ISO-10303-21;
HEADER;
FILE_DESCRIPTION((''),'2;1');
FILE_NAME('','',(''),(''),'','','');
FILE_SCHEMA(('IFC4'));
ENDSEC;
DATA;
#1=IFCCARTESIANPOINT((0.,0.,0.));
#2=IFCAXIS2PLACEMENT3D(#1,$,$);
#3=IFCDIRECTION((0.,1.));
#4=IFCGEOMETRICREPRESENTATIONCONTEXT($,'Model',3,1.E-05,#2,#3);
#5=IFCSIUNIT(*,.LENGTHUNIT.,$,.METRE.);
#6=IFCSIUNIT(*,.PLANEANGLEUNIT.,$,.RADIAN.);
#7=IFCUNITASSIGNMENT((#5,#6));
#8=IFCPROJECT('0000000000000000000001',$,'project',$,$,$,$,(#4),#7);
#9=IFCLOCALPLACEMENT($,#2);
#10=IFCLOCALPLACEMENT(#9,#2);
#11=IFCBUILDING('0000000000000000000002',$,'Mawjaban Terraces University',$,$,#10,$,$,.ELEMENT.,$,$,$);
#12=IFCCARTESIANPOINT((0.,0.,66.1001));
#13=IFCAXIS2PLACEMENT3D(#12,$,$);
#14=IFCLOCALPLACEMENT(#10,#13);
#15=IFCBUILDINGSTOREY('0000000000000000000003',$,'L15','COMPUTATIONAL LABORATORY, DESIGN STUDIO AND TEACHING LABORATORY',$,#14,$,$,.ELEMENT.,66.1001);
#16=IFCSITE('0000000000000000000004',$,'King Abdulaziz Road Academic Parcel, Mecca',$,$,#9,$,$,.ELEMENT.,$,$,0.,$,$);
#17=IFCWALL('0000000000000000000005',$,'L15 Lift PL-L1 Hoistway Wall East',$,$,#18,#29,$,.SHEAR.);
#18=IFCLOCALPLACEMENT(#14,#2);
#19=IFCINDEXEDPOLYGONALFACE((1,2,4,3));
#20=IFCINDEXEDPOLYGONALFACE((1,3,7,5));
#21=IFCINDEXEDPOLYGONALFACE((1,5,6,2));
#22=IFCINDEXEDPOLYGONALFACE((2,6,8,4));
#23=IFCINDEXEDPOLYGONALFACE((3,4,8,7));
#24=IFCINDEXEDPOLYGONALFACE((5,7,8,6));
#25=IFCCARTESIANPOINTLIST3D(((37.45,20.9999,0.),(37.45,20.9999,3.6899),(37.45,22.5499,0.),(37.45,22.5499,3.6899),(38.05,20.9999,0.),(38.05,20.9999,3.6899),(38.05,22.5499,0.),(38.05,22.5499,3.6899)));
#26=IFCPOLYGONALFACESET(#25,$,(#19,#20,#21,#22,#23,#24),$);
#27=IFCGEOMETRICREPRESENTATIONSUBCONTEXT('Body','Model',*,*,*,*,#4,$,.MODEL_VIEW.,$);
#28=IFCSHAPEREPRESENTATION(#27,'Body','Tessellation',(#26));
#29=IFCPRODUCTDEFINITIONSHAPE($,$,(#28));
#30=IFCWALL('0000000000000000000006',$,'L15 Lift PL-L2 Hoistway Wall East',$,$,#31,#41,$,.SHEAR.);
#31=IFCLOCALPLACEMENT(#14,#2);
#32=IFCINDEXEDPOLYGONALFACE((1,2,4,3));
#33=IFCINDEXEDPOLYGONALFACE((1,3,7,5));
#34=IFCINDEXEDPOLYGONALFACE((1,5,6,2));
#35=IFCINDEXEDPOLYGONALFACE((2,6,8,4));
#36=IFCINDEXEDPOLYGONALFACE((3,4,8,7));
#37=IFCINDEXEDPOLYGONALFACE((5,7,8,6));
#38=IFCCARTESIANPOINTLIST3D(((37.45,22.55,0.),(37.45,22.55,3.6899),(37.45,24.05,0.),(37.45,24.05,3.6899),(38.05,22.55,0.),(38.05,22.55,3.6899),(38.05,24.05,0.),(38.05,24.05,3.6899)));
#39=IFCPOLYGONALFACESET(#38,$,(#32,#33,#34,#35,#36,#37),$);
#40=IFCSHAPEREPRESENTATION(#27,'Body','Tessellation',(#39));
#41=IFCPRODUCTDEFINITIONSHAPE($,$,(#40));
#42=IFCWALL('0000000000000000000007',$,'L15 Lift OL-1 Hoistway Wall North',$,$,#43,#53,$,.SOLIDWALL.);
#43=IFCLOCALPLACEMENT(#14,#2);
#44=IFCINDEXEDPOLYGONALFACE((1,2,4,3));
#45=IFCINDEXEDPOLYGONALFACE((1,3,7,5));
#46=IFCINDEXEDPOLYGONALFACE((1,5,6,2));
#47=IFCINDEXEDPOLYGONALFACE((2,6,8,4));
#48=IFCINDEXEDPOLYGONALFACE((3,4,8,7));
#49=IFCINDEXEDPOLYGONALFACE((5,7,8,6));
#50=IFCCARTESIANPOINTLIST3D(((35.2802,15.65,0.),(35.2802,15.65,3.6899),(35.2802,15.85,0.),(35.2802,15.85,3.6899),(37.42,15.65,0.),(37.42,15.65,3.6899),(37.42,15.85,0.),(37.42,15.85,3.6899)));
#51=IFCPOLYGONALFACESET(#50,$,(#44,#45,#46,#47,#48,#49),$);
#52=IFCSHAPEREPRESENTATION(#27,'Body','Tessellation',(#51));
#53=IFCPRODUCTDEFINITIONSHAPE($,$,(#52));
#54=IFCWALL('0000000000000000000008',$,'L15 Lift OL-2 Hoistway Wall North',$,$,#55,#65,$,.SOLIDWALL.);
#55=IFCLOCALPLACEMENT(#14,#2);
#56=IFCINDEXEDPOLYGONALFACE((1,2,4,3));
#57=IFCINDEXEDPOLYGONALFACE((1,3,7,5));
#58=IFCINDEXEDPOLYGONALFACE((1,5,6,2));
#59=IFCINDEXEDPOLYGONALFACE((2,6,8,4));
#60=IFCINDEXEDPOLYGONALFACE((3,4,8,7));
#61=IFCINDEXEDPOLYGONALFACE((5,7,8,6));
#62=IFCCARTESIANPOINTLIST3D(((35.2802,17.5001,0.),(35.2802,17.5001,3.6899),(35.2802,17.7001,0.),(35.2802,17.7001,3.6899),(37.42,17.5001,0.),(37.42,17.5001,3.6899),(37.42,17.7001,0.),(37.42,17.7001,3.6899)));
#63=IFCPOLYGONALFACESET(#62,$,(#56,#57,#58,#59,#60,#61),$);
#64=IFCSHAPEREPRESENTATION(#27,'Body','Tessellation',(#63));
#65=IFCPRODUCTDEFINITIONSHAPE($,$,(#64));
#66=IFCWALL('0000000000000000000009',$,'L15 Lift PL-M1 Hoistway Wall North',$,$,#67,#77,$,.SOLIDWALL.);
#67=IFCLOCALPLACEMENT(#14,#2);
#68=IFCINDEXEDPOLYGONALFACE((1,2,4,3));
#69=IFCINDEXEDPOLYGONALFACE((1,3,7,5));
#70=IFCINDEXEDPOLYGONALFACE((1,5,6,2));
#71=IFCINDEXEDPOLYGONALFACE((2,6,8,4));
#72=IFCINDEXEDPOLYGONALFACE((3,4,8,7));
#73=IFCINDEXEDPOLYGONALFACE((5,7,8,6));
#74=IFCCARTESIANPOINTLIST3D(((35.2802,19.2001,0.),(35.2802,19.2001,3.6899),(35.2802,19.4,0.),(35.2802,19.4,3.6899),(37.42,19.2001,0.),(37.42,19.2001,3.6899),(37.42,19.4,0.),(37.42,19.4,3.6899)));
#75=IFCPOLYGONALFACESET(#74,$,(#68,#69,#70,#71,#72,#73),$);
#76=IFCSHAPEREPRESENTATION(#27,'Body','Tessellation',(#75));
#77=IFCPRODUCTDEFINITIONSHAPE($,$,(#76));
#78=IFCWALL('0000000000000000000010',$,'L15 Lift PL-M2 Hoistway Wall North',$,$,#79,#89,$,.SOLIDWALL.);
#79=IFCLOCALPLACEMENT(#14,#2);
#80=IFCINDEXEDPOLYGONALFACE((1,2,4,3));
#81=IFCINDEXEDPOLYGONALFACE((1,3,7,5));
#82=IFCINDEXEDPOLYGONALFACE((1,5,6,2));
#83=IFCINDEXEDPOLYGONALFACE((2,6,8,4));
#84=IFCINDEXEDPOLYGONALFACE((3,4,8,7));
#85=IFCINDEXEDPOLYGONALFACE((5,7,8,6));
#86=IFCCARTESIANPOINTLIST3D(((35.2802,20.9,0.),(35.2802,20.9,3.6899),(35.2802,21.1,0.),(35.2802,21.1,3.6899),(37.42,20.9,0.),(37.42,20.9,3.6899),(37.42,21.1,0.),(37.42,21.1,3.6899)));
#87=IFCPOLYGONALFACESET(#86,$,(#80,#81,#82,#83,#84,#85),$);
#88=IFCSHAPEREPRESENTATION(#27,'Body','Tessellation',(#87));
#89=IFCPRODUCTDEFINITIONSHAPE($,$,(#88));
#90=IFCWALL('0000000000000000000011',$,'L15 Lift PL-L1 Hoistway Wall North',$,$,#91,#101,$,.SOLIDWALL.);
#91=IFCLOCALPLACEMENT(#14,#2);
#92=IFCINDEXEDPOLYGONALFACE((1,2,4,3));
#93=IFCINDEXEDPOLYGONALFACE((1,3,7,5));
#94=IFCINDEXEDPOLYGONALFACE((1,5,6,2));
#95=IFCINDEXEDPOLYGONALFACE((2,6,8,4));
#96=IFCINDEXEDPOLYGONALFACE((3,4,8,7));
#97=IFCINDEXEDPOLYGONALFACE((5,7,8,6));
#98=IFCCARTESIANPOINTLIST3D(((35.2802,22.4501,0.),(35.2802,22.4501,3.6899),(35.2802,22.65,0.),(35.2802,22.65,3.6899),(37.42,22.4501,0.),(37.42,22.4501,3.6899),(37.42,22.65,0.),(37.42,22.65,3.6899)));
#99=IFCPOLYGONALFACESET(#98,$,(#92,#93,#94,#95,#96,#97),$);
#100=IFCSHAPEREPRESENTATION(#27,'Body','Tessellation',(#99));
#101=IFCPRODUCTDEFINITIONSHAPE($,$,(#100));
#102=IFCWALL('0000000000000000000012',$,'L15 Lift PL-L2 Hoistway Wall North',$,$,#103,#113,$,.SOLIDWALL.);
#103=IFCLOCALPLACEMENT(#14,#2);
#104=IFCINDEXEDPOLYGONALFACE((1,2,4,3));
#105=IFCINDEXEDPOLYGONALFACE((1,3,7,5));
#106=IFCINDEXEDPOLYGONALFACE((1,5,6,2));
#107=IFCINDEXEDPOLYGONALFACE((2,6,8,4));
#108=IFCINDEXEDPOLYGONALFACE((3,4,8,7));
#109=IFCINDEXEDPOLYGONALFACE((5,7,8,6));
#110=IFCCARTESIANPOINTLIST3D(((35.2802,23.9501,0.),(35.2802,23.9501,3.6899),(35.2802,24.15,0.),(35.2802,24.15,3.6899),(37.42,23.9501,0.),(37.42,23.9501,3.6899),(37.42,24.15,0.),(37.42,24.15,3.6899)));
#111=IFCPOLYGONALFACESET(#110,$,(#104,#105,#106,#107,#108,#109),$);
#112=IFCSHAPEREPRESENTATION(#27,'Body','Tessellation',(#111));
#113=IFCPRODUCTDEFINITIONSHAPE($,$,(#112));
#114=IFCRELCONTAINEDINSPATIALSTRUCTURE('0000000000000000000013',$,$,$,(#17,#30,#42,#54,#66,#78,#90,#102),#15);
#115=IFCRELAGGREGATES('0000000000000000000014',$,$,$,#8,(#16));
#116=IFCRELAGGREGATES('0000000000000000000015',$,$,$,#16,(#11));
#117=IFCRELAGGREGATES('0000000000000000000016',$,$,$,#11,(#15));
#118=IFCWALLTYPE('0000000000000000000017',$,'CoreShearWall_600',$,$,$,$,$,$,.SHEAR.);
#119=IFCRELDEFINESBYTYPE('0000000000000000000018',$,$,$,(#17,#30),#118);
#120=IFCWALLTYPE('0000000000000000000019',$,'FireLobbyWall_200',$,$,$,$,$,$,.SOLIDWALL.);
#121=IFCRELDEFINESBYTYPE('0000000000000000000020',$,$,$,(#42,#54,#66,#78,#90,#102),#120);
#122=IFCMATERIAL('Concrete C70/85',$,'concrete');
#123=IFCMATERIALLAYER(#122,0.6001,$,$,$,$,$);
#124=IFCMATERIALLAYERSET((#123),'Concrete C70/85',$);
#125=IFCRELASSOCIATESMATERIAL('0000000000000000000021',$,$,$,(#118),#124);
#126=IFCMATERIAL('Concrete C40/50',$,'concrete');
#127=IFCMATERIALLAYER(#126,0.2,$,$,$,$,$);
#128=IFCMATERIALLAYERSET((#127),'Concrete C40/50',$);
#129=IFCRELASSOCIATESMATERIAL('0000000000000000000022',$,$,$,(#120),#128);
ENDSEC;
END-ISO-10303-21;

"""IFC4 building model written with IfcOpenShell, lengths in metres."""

from ifc_helpers import new_model, si_unit, direction, frame, frame_2d, origin, place, context, subcontext, project, spatial, rectangle, extrude, material, layer, layer_set, type_object, element, save


model = new_model("IFC4")

# Units and contexts
model_context = context("Model", 3, precision=1e-05, world=origin(), true_north=direction((0.0, 1.0)))
body_context = subcontext(model_context, "Body", "Model", "MODEL_VIEW")
ifc_project = project(units=[si_unit("LENGTHUNIT", "METRE"), si_unit("PLANEANGLEUNIT", "RADIAN")], contexts=[model_context])

# Site, building, storey
site_placement = place(None, origin())
site = spatial("IfcSite", under=ifc_project, at=site_placement, Name="King Abdulaziz Road Academic Parcel, Mecca", CompositionType="ELEMENT", RefElevation=0.0)
building_placement = place(site_placement, origin())
building = spatial("IfcBuilding", under=site, at=building_placement, Name="Mawjaban Terraces University", CompositionType="ELEMENT")
storey_placement = place(building_placement, frame((0.0, 0.0, 66.1001)))
storey = spatial("IfcBuildingStorey", under=building, at=storey_placement, Name="L15", Description="COMPUTATIONAL LABORATORY, DESIGN STUDIO AND TEACHING LABORATORY", CompositionType="ELEMENT", Elevation=66.1001)

# Shared definitions
ifc_material_1 = material(Name="Concrete C70/85", Category="concrete")

# Walls
ifc_layer_1 = layer(ifc_material_1, 0.6001)
ifc_layer_set_1 = layer_set([ifc_layer_1], Name="Concrete C70/85")
wall_type_1 = type_object("IfcWallType", Name="CoreShearWall_600", PredefinedType="SHEAR", material=ifc_layer_set_1)
wall_1_placement = place(storey_placement, frame((37.75, 21.0, 0.0), z_axis=(0.0, 0.0, 1.0), x_axis=(0.0, 1.0, 0.0)))
element("IfcWall", 1, at=wall_1_placement, inside=storey, type_object=wall_type_1, Name="L15 Lift PL-L1 Hoistway Wall East", PredefinedType="SHEAR", context=body_context, shape_type="SweptSolid", body=[
    extrude(rectangle(XDim=1.55, YDim=0.6001, at=frame_2d((0.7749, 0.0))), origin(), (0.0, 0.0, 1.0), 3.6899),
])
wall_2_placement = place(storey_placement, frame((37.75, 22.55, 0.0), z_axis=(0.0, 0.0, 1.0), x_axis=(0.0, 1.0, 0.0)))
element("IfcWall", 2, at=wall_2_placement, inside=storey, type_object=wall_type_1, Name="L15 Lift PL-L2 Hoistway Wall East", PredefinedType="SHEAR", context=body_context, shape_type="SweptSolid", body=[
    extrude(rectangle(XDim=1.5, YDim=0.6001, at=frame_2d((0.75, 0.0))), origin(), (0.0, 0.0, 1.0), 3.6899),
])
ifc_material_2 = material(Name="Concrete C40/50", Category="concrete")
ifc_layer_2 = layer(ifc_material_2, 0.2)
ifc_layer_set_2 = layer_set([ifc_layer_2], Name="Concrete C40/50")
wall_type_2 = type_object("IfcWallType", Name="FireLobbyWall_200", PredefinedType="SOLIDWALL", material=ifc_layer_set_2)
for number, where, z_axis, x_axis, name in (
    (3, (37.4199, 15.75, 0.0), (0.0, 0.0, 1.0), (-1.0, 0.0, 0.0), "L15 Lift OL-1 Hoistway Wall North"),
    (4, (37.4199, 17.6001, 0.0), (0.0, 0.0, 1.0), (-1.0, 0.0, 0.0), "L15 Lift OL-2 Hoistway Wall North"),
    (5, (37.4199, 19.3, 0.0), (0.0, 0.0, 1.0), (-1.0, 0.0, 0.0), "L15 Lift PL-M1 Hoistway Wall North"),
    (6, (37.4199, 21.0, 0.0), (0.0, 0.0, 1.0), (-1.0, 0.0, 0.0), "L15 Lift PL-M2 Hoistway Wall North"),
    (7, (37.4199, 22.55, 0.0), (0.0, 0.0, 1.0), (-1.0, 0.0, 0.0), "L15 Lift PL-L1 Hoistway Wall North"),
    (8, (37.4199, 24.05, 0.0), (0.0, 0.0, 1.0), (-1.0, 0.0, 0.0), "L15 Lift PL-L2 Hoistway Wall North"),
):
    element("IfcWall", number, at=place(storey_placement, frame(where, z_axis=z_axis, x_axis=x_axis)), inside=storey, type_object=wall_type_2, Name=name, PredefinedType="SOLIDWALL", context=body_context, shape_type="SweptSolid", body=[
        extrude(rectangle(XDim=2.1399, YDim=0.2, at=frame_2d((1.0698, 0.0))), origin(), (0.0, 0.0, 1.0), 3.6899),
    ])

save(model, "model.ifc")
